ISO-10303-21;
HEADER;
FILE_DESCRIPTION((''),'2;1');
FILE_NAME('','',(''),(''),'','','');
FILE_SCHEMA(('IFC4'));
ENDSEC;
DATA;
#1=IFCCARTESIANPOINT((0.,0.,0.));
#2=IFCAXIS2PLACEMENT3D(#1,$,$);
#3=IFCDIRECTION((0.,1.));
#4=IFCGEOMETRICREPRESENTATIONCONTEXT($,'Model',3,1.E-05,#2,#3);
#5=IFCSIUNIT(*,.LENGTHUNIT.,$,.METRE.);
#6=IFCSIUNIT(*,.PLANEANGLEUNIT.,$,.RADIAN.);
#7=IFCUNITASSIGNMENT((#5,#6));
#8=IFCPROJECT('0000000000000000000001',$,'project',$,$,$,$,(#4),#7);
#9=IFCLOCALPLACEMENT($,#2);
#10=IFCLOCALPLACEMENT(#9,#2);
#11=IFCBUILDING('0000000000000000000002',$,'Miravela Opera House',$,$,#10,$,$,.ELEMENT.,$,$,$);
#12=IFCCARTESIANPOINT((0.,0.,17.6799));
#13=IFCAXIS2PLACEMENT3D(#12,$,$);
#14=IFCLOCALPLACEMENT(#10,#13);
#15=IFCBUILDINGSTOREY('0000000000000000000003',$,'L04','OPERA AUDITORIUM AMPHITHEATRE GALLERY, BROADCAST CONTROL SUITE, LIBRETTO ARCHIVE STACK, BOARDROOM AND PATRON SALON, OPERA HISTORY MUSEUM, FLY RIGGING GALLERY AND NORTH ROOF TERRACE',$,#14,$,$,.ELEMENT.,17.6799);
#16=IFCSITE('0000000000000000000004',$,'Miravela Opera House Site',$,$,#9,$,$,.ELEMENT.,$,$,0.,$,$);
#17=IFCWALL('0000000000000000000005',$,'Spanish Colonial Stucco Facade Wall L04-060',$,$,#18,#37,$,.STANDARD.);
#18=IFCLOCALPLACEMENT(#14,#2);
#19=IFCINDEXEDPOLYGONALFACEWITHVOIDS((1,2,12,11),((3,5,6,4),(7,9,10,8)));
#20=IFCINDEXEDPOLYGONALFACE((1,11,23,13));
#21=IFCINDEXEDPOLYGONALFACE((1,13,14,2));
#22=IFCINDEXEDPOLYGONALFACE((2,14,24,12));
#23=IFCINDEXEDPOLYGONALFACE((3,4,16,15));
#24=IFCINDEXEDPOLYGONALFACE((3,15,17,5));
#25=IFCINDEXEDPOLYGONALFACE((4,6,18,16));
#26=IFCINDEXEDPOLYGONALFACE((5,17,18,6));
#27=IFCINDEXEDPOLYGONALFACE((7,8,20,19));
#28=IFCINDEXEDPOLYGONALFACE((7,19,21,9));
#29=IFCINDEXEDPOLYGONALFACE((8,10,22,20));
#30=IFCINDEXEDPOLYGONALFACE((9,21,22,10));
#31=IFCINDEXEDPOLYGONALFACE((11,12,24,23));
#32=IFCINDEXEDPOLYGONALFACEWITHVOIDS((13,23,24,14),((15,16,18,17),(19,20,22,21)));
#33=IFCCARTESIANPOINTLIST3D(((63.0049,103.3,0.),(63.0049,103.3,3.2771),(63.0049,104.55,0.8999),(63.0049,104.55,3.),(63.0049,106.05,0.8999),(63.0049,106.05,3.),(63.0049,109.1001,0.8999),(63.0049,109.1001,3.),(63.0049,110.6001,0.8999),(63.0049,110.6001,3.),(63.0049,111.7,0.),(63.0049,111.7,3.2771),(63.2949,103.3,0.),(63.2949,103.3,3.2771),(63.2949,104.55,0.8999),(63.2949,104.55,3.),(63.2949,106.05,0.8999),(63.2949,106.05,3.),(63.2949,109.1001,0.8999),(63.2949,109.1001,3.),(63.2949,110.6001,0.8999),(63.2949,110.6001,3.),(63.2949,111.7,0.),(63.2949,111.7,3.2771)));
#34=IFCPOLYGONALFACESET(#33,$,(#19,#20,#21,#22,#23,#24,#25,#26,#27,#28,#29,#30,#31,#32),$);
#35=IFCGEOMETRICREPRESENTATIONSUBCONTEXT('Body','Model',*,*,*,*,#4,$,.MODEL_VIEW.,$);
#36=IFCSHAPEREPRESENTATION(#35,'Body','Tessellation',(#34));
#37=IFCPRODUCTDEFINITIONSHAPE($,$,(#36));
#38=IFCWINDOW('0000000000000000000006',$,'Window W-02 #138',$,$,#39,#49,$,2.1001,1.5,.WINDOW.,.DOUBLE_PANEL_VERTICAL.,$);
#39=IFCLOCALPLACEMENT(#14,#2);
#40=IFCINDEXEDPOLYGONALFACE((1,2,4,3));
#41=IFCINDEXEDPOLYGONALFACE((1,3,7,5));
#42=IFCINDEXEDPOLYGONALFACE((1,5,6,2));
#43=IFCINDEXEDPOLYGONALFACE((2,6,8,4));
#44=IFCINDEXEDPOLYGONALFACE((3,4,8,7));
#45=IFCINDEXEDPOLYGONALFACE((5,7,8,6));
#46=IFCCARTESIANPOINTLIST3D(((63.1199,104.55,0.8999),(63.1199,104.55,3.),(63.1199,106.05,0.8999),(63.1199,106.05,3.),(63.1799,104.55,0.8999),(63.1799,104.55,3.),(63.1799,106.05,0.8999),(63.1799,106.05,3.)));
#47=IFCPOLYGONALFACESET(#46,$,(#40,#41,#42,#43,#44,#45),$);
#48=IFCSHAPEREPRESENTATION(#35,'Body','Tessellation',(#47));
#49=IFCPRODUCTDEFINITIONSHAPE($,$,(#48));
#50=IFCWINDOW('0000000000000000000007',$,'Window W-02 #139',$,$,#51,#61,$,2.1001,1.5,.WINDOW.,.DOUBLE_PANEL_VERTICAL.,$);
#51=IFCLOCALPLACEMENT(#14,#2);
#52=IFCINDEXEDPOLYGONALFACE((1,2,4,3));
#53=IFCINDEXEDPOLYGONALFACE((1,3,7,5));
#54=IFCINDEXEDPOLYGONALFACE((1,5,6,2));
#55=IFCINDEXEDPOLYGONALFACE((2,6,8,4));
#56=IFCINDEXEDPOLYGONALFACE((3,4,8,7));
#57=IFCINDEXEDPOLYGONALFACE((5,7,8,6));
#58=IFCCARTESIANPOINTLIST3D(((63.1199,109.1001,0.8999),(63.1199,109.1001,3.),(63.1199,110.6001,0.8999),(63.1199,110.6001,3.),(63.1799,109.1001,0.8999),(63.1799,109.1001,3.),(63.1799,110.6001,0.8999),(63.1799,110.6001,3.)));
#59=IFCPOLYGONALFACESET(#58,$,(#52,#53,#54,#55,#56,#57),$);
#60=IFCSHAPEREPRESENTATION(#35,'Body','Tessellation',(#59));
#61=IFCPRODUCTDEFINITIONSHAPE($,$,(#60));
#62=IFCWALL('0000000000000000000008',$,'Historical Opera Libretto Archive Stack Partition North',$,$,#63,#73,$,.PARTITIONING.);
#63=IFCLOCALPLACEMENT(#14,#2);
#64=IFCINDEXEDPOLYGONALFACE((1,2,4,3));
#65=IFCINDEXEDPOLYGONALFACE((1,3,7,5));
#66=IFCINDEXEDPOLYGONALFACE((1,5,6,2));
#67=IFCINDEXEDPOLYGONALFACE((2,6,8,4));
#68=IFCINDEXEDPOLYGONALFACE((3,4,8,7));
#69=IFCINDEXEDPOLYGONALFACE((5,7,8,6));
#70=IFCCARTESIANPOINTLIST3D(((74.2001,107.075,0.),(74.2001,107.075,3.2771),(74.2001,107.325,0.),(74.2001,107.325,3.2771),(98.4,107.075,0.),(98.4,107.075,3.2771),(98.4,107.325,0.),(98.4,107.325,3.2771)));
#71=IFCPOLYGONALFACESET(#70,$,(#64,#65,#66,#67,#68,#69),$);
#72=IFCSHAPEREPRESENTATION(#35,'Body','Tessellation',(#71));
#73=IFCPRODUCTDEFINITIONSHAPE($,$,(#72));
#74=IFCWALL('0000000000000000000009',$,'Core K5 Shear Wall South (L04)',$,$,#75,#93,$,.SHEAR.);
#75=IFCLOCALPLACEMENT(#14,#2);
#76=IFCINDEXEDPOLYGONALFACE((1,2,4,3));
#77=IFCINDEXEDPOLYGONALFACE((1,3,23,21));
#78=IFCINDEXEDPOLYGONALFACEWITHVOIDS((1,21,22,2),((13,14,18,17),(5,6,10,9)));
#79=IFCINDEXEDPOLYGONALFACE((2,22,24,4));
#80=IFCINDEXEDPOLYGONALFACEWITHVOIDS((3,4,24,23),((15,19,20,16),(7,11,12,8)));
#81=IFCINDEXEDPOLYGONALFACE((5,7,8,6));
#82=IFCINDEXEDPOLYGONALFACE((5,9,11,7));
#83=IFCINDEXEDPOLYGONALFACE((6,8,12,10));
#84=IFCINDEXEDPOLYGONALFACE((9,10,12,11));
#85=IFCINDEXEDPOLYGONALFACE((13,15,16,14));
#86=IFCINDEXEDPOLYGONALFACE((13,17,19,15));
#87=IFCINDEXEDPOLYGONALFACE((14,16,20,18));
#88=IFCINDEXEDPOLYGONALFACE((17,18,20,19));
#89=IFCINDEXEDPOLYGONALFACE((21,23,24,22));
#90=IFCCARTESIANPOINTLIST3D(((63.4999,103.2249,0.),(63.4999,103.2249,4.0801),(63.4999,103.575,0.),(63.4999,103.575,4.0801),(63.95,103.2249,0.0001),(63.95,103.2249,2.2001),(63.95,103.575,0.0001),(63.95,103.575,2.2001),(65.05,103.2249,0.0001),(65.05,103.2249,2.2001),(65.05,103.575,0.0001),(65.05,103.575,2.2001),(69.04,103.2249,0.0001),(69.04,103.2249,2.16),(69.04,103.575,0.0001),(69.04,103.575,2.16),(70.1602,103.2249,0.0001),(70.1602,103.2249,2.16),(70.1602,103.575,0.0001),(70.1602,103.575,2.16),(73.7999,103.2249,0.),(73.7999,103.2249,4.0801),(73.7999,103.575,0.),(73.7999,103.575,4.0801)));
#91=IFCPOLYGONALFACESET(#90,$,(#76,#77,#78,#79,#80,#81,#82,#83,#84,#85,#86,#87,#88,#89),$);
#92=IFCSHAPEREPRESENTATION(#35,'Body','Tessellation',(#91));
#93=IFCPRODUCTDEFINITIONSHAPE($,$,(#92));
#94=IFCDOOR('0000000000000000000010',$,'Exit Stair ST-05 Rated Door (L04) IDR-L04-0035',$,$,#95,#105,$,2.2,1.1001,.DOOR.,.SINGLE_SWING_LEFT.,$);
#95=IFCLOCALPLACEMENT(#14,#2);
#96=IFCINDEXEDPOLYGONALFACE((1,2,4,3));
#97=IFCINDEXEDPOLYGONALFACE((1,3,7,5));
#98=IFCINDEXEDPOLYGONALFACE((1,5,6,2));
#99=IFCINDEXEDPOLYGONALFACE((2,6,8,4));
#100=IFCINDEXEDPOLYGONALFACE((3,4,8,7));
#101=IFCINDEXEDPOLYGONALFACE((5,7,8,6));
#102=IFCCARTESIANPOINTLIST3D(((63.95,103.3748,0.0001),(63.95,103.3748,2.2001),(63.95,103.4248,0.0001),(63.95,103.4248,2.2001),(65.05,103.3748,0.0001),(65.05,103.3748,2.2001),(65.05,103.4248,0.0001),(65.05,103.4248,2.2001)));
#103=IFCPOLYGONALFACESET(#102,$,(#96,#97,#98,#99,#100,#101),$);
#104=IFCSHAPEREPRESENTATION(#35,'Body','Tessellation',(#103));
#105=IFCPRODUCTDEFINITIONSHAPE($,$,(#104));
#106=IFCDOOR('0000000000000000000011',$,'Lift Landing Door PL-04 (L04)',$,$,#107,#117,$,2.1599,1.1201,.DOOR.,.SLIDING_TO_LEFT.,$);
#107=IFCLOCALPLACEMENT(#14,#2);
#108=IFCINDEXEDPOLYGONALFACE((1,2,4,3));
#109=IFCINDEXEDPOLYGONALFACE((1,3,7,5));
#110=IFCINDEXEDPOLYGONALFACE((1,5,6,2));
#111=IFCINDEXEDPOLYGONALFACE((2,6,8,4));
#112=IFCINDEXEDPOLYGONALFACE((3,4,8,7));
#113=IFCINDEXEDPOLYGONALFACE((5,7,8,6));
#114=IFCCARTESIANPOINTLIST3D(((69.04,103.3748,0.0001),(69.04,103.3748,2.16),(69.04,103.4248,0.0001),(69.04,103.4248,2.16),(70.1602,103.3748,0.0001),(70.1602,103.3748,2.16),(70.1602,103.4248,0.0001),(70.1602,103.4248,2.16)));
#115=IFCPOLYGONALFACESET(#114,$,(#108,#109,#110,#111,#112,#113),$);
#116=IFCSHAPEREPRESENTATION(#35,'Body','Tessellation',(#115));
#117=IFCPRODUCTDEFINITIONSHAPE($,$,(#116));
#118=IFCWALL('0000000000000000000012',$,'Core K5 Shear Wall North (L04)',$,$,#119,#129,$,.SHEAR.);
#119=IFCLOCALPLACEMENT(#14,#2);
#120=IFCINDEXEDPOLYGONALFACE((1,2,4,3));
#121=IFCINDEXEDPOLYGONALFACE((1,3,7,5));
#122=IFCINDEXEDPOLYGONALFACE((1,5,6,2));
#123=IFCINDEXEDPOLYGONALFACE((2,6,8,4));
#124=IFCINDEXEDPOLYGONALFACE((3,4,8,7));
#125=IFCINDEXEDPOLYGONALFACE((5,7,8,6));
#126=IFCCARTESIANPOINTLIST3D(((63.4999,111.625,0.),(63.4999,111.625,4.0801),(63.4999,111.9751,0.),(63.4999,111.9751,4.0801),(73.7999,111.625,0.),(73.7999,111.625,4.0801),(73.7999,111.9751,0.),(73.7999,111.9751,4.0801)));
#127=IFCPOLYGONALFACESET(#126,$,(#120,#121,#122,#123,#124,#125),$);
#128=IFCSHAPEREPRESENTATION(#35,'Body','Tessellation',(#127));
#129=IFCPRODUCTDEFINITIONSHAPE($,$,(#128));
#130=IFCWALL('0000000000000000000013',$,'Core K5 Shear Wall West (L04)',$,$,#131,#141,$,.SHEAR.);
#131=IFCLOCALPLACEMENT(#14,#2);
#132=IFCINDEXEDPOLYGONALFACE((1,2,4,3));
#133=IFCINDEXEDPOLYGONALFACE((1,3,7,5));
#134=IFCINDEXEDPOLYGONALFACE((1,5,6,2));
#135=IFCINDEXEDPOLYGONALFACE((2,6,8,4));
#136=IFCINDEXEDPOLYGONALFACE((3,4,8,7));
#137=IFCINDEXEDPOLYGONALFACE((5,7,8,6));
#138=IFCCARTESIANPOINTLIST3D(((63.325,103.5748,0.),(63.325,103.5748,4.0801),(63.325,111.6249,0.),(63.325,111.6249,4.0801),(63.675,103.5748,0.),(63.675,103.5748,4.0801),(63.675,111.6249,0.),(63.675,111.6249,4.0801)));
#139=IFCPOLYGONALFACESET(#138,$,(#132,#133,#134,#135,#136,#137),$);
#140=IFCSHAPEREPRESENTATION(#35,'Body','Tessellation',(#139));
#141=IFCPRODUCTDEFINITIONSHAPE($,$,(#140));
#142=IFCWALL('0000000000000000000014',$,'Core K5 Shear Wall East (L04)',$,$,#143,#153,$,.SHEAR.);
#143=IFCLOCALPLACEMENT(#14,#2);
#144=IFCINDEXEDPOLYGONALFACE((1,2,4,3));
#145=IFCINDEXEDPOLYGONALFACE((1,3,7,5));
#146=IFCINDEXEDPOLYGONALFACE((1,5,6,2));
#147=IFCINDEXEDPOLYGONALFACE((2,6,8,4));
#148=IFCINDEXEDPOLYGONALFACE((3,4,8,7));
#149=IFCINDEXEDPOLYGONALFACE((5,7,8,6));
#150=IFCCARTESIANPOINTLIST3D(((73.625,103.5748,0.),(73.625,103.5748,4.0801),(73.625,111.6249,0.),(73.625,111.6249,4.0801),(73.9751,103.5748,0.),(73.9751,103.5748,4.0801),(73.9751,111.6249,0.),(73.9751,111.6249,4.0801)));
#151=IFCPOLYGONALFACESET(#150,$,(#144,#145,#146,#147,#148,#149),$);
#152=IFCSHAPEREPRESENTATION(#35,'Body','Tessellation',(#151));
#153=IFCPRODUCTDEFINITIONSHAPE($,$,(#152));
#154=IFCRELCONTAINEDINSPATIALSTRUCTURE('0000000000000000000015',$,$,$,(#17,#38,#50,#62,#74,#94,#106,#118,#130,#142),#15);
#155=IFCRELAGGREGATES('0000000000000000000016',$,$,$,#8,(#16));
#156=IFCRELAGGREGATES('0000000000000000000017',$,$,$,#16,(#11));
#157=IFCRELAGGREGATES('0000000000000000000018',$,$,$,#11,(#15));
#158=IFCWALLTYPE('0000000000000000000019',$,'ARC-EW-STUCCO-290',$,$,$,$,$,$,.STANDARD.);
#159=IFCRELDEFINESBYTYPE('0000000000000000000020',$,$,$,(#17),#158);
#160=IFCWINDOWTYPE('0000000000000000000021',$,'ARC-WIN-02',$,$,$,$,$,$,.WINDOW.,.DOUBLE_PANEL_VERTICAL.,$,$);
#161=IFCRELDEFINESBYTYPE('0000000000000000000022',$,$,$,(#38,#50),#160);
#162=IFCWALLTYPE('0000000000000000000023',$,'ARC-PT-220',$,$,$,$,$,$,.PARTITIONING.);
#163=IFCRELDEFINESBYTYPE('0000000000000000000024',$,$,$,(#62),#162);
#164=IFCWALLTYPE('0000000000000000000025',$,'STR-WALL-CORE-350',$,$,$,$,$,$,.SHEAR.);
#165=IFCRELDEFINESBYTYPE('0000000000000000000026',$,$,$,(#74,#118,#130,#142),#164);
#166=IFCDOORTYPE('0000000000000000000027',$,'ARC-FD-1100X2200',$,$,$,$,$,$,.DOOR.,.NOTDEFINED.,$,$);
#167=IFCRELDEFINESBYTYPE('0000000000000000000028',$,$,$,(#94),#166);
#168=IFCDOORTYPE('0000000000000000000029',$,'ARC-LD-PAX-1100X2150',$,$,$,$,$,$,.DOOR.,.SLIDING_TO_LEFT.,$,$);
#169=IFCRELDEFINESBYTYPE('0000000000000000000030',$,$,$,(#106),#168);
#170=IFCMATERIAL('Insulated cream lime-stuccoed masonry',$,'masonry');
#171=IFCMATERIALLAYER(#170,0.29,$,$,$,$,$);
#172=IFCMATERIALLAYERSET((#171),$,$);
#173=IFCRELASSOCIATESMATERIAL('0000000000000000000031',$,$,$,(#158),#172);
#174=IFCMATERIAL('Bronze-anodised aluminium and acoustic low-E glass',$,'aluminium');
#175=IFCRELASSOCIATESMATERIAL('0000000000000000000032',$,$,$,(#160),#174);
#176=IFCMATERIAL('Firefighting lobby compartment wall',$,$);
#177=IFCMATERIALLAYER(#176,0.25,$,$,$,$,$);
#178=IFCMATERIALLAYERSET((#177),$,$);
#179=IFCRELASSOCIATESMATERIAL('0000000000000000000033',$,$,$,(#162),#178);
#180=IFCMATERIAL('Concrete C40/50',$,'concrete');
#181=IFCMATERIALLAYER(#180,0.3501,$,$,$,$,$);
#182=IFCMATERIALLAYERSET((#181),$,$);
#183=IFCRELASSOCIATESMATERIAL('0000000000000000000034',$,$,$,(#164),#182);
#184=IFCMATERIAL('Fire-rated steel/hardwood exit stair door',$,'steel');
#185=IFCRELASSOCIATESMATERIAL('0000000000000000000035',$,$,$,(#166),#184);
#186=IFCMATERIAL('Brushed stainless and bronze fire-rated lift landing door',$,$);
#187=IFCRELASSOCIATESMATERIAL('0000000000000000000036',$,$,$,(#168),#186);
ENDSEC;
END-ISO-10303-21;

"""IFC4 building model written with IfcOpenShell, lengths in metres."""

from ifc_helpers import new_model, si_unit, direction, frame, frame_2d, origin, place, context, subcontext, project, spatial, rectangle, extrude, material, layer, layer_set, type_object, element, fill, save


model = new_model("IFC4")

# Units and contexts
model_context = context("Model", 3, precision=1e-05, world=origin(), true_north=direction((0.0, 1.0)))
body_context = subcontext(model_context, "Body", "Model", "MODEL_VIEW")
ifc_project = project(units=[si_unit("LENGTHUNIT", "METRE"), si_unit("PLANEANGLEUNIT", "RADIAN")], contexts=[model_context])

# Site, building, storey
site_placement = place(None, origin())
site = spatial("IfcSite", under=ifc_project, at=site_placement, Name="Miravela Opera House Site", CompositionType="ELEMENT", RefElevation=0.0)
building_placement = place(site_placement, origin())
building = spatial("IfcBuilding", under=site, at=building_placement, Name="Miravela Opera House", CompositionType="ELEMENT")
storey_placement = place(building_placement, frame((0.0, 0.0, 17.6799)))
storey = spatial("IfcBuildingStorey", under=building, at=storey_placement, Name="L04", Description="OPERA AUDITORIUM AMPHITHEATRE GALLERY, BROADCAST CONTROL SUITE, LIBRETTO ARCHIVE STACK, BOARDROOM AND PATRON SALON, OPERA HISTORY MUSEUM, FLY RIGGING GALLERY AND NORTH ROOF TERRACE", CompositionType="ELEMENT", Elevation=17.6799)

# Shared definitions
ifc_material_1 = material(Name="Insulated cream lime-stuccoed masonry", Category="masonry")
ifc_layer_1 = layer(ifc_material_1, 0.29)
ifc_layer_set_1 = layer_set([ifc_layer_1])
wall_type_1 = type_object("IfcWallType", Name="ARC-EW-STUCCO-290", PredefinedType="STANDARD", material=ifc_layer_set_1)
ifc_material_2 = material(Name="Bronze-anodised aluminium and acoustic low-E glass", Category="aluminium")

# Wall, openings, windows
wall_1_placement = place(storey_placement, frame((63.1499, 103.3, 0.0), z_axis=(0.0, 0.0, 1.0), x_axis=(0.0, 1.0, 0.0)))
wall_1 = element("IfcWall", 1, at=wall_1_placement, inside=storey, type_object=wall_type_1, Name="Spanish Colonial Stucco Facade Wall L04-060", PredefinedType="STANDARD", context=body_context, shape_type="SweptSolid", body=[
    extrude(rectangle(XDim=8.3999, YDim=0.29, at=frame_2d((4.2, 0.0))), origin(), (0.0, 0.0, 1.0), 3.2771),
])
opening_1_placement = place(wall_1_placement, frame((1.25, 0.0, 0.8999)))
opening_1 = element("IfcOpeningElement", 2, at=opening_1_placement, cuts=wall_1, PredefinedType="OPENING", context=body_context, shape_type="SweptSolid", body=[
    extrude(rectangle(XDim=1.5, YDim=2.1001, at=frame_2d((0.75, 1.05))), frame((0.0, 0.155, 0.0), z_axis=(0.0, -1.0, 0.0), x_axis=(1.0, 0.0, 0.0)), (0.0, 0.0, 1.0), 0.3101),
])
opening_2_placement = place(wall_1_placement, frame((5.8, 0.0, 0.8999)))
opening_2 = element("IfcOpeningElement", 3, at=opening_2_placement, cuts=wall_1, PredefinedType="OPENING", context=body_context, shape_type="SweptSolid", body=[
    extrude(rectangle(XDim=1.5, YDim=2.1001, at=frame_2d((0.75, 1.05))), frame((0.0, 0.155, 0.0), z_axis=(0.0, -1.0, 0.0), x_axis=(1.0, 0.0, 0.0)), (0.0, 0.0, 1.0), 0.3101),
])
window_type_1 = type_object("IfcWindowType", Name="ARC-WIN-02", PartitioningType="DOUBLE_PANEL_VERTICAL", PredefinedType="WINDOW", material=ifc_material_2)
window_1_placement = place(opening_1_placement, origin())
window_1 = element("IfcWindow", 4, at=window_1_placement, inside=storey, type_object=window_type_1, Name="Window W-02 #138", OverallHeight=2.1001, OverallWidth=1.5, PartitioningType="DOUBLE_PANEL_VERTICAL", PredefinedType="WINDOW", context=body_context, shape_type="SweptSolid", body=[
    extrude(rectangle(XDim=1.5, YDim=2.1001, at=frame_2d((0.75, 1.05))), frame((0.0, 0.03, 0.0), z_axis=(0.0, -1.0, 0.0), x_axis=(1.0, 0.0, 0.0)), (0.0, 0.0, 1.0), 0.0601),
])
fill(opening_1, window_1)
window_2_placement = place(opening_2_placement, origin())
window_2 = element("IfcWindow", 5, at=window_2_placement, inside=storey, type_object=window_type_1, Name="Window W-02 #139", OverallHeight=2.1001, OverallWidth=1.5, PartitioningType="DOUBLE_PANEL_VERTICAL", PredefinedType="WINDOW", context=body_context, shape_type="SweptSolid", body=[
    extrude(rectangle(XDim=1.5, YDim=2.1001, at=frame_2d((0.75, 1.05))), frame((0.0, 0.03, 0.0), z_axis=(0.0, -1.0, 0.0), x_axis=(1.0, 0.0, 0.0)), (0.0, 0.0, 1.0), 0.0601),
])
fill(opening_2, window_2)

# Wall
ifc_material_3 = material(Name="Firefighting lobby compartment wall")
ifc_layer_2 = layer(ifc_material_3, 0.25)
ifc_layer_set_2 = layer_set([ifc_layer_2])
wall_type_2 = type_object("IfcWallType", Name="ARC-PT-220", PredefinedType="PARTITIONING", material=ifc_layer_set_2)
wall_2_placement = place(storey_placement, frame((74.2, 107.2, 0.0), z_axis=(0.0, 0.0, 1.0), x_axis=(1.0, 0.0, 0.0)))
element("IfcWall", 6, at=wall_2_placement, inside=storey, type_object=wall_type_2, Name="Historical Opera Libretto Archive Stack Partition North", PredefinedType="PARTITIONING", context=body_context, shape_type="SweptSolid", body=[
    extrude(rectangle(XDim=24.2, YDim=0.25, at=frame_2d((12.1001, 0.0))), origin(), (0.0, 0.0, 1.0), 3.2771),
])

# Wall, openings, doors
ifc_material_4 = material(Name="Concrete C40/50", Category="concrete")
ifc_layer_3 = layer(ifc_material_4, 0.3501)
ifc_layer_set_3 = layer_set([ifc_layer_3])
wall_type_3 = type_object("IfcWallType", Name="STR-WALL-CORE-350", PredefinedType="SHEAR", material=ifc_layer_set_3)
wall_3_placement = place(storey_placement, frame((63.5, 103.3999, 0.0), z_axis=(0.0, 0.0, 1.0), x_axis=(1.0, 0.0, 0.0)))
wall_3 = element("IfcWall", 7, at=wall_3_placement, inside=storey, type_object=wall_type_3, Name="Core K5 Shear Wall South (L04)", PredefinedType="SHEAR", context=body_context, shape_type="SweptSolid", body=[
    extrude(rectangle(XDim=10.3, YDim=0.3501, at=frame_2d((5.1499, 0.0))), origin(), (0.0, 0.0, 1.0), 4.0801),
])
opening_3_placement = place(wall_3_placement, frame((0.45, 0.0, 0.0)))
opening_3 = element("IfcOpeningElement", 8, at=opening_3_placement, cuts=wall_3, PredefinedType="OPENING", context=body_context, shape_type="SweptSolid", body=[
    extrude(rectangle(XDim=1.1001, YDim=2.2, at=frame_2d((0.55, 1.1001))), frame((0.0, 0.1851, 0.0), z_axis=(0.0, -1.0, 0.0), x_axis=(1.0, 0.0, 0.0)), (0.0, 0.0, 1.0), 0.3701),
])
opening_4_placement = place(wall_3_placement, frame((5.54, 0.0, 0.0)))
opening_4 = element("IfcOpeningElement", 9, at=opening_4_placement, cuts=wall_3, PredefinedType="OPENING", context=body_context, shape_type="SweptSolid", body=[
    extrude(rectangle(XDim=1.1201, YDim=2.1599, at=frame_2d((0.5601, 1.0801))), frame((0.0, 0.1851, 0.0), z_axis=(0.0, -1.0, 0.0), x_axis=(1.0, 0.0, 0.0)), (0.0, 0.0, 1.0), 0.3701),
])
ifc_material_5 = material(Name="Fire-rated steel/hardwood exit stair door", Category="steel")
door_type_1 = type_object("IfcDoorType", Name="ARC-FD-1100X2200", OperationType="NOTDEFINED", PredefinedType="DOOR", material=ifc_material_5)
door_1_placement = place(opening_3_placement, origin())
door_1 = element("IfcDoor", 10, at=door_1_placement, inside=storey, type_object=door_type_1, Name="Exit Stair ST-05 Rated Door (L04) IDR-L04-0035", OperationType="SINGLE_SWING_LEFT", OverallHeight=2.2, OverallWidth=1.1001, PredefinedType="DOOR", context=body_context, shape_type="SweptSolid", body=[
    extrude(rectangle(XDim=1.1001, YDim=2.2, at=frame_2d((0.55, 1.1001))), frame((0.0, 0.0249, 0.0), z_axis=(0.0, -1.0, 0.0), x_axis=(1.0, 0.0, 0.0)), (0.0, 0.0, 1.0), 0.05),
])
fill(opening_3, door_1)
ifc_material_6 = material(Name="Brushed stainless and bronze fire-rated lift landing door")
door_type_2 = type_object("IfcDoorType", Name="ARC-LD-PAX-1100X2150", OperationType="SLIDING_TO_LEFT", PredefinedType="DOOR", material=ifc_material_6)
door_2_placement = place(opening_4_placement, origin())
door_2 = element("IfcDoor", 11, at=door_2_placement, inside=storey, type_object=door_type_2, Name="Lift Landing Door PL-04 (L04)", OperationType="SLIDING_TO_LEFT", OverallHeight=2.1599, OverallWidth=1.1201, PredefinedType="DOOR", context=body_context, shape_type="SweptSolid", body=[
    extrude(rectangle(XDim=1.1201, YDim=2.1599, at=frame_2d((0.5601, 1.0801))), frame((0.0, 0.0249, 0.0), z_axis=(0.0, -1.0, 0.0), x_axis=(1.0, 0.0, 0.0)), (0.0, 0.0, 1.0), 0.05),
])
fill(opening_4, door_2)

# Walls
wall_4_placement = place(storey_placement, frame((63.5, 111.8, 0.0), z_axis=(0.0, 0.0, 1.0), x_axis=(1.0, 0.0, 0.0)))
element("IfcWall", 12, at=wall_4_placement, inside=storey, type_object=wall_type_3, Name="Core K5 Shear Wall North (L04)", PredefinedType="SHEAR", context=body_context, shape_type="SweptSolid", body=[
    extrude(rectangle(XDim=10.3, YDim=0.3501, at=frame_2d((5.1499, 0.0))), origin(), (0.0, 0.0, 1.0), 4.0801),
])
for number, where, z_axis, x_axis, name in (
    (13, (63.5, 103.575, 0.0), (0.0, 0.0, 1.0), (0.0, 1.0, 0.0), "Core K5 Shear Wall West (L04)"),
    (14, (73.8, 103.575, 0.0), (0.0, 0.0, 1.0), (0.0, 1.0, 0.0), "Core K5 Shear Wall East (L04)"),
):
    element("IfcWall", number, at=place(storey_placement, frame(where, z_axis=z_axis, x_axis=x_axis)), inside=storey, type_object=wall_type_3, Name=name, PredefinedType="SHEAR", context=body_context, shape_type="SweptSolid", body=[
        extrude(rectangle(XDim=8.05, YDim=0.3501, at=frame_2d((4.0249, 0.0))), origin(), (0.0, 0.0, 1.0), 4.0801),
    ])

save(model, "model.ifc")
